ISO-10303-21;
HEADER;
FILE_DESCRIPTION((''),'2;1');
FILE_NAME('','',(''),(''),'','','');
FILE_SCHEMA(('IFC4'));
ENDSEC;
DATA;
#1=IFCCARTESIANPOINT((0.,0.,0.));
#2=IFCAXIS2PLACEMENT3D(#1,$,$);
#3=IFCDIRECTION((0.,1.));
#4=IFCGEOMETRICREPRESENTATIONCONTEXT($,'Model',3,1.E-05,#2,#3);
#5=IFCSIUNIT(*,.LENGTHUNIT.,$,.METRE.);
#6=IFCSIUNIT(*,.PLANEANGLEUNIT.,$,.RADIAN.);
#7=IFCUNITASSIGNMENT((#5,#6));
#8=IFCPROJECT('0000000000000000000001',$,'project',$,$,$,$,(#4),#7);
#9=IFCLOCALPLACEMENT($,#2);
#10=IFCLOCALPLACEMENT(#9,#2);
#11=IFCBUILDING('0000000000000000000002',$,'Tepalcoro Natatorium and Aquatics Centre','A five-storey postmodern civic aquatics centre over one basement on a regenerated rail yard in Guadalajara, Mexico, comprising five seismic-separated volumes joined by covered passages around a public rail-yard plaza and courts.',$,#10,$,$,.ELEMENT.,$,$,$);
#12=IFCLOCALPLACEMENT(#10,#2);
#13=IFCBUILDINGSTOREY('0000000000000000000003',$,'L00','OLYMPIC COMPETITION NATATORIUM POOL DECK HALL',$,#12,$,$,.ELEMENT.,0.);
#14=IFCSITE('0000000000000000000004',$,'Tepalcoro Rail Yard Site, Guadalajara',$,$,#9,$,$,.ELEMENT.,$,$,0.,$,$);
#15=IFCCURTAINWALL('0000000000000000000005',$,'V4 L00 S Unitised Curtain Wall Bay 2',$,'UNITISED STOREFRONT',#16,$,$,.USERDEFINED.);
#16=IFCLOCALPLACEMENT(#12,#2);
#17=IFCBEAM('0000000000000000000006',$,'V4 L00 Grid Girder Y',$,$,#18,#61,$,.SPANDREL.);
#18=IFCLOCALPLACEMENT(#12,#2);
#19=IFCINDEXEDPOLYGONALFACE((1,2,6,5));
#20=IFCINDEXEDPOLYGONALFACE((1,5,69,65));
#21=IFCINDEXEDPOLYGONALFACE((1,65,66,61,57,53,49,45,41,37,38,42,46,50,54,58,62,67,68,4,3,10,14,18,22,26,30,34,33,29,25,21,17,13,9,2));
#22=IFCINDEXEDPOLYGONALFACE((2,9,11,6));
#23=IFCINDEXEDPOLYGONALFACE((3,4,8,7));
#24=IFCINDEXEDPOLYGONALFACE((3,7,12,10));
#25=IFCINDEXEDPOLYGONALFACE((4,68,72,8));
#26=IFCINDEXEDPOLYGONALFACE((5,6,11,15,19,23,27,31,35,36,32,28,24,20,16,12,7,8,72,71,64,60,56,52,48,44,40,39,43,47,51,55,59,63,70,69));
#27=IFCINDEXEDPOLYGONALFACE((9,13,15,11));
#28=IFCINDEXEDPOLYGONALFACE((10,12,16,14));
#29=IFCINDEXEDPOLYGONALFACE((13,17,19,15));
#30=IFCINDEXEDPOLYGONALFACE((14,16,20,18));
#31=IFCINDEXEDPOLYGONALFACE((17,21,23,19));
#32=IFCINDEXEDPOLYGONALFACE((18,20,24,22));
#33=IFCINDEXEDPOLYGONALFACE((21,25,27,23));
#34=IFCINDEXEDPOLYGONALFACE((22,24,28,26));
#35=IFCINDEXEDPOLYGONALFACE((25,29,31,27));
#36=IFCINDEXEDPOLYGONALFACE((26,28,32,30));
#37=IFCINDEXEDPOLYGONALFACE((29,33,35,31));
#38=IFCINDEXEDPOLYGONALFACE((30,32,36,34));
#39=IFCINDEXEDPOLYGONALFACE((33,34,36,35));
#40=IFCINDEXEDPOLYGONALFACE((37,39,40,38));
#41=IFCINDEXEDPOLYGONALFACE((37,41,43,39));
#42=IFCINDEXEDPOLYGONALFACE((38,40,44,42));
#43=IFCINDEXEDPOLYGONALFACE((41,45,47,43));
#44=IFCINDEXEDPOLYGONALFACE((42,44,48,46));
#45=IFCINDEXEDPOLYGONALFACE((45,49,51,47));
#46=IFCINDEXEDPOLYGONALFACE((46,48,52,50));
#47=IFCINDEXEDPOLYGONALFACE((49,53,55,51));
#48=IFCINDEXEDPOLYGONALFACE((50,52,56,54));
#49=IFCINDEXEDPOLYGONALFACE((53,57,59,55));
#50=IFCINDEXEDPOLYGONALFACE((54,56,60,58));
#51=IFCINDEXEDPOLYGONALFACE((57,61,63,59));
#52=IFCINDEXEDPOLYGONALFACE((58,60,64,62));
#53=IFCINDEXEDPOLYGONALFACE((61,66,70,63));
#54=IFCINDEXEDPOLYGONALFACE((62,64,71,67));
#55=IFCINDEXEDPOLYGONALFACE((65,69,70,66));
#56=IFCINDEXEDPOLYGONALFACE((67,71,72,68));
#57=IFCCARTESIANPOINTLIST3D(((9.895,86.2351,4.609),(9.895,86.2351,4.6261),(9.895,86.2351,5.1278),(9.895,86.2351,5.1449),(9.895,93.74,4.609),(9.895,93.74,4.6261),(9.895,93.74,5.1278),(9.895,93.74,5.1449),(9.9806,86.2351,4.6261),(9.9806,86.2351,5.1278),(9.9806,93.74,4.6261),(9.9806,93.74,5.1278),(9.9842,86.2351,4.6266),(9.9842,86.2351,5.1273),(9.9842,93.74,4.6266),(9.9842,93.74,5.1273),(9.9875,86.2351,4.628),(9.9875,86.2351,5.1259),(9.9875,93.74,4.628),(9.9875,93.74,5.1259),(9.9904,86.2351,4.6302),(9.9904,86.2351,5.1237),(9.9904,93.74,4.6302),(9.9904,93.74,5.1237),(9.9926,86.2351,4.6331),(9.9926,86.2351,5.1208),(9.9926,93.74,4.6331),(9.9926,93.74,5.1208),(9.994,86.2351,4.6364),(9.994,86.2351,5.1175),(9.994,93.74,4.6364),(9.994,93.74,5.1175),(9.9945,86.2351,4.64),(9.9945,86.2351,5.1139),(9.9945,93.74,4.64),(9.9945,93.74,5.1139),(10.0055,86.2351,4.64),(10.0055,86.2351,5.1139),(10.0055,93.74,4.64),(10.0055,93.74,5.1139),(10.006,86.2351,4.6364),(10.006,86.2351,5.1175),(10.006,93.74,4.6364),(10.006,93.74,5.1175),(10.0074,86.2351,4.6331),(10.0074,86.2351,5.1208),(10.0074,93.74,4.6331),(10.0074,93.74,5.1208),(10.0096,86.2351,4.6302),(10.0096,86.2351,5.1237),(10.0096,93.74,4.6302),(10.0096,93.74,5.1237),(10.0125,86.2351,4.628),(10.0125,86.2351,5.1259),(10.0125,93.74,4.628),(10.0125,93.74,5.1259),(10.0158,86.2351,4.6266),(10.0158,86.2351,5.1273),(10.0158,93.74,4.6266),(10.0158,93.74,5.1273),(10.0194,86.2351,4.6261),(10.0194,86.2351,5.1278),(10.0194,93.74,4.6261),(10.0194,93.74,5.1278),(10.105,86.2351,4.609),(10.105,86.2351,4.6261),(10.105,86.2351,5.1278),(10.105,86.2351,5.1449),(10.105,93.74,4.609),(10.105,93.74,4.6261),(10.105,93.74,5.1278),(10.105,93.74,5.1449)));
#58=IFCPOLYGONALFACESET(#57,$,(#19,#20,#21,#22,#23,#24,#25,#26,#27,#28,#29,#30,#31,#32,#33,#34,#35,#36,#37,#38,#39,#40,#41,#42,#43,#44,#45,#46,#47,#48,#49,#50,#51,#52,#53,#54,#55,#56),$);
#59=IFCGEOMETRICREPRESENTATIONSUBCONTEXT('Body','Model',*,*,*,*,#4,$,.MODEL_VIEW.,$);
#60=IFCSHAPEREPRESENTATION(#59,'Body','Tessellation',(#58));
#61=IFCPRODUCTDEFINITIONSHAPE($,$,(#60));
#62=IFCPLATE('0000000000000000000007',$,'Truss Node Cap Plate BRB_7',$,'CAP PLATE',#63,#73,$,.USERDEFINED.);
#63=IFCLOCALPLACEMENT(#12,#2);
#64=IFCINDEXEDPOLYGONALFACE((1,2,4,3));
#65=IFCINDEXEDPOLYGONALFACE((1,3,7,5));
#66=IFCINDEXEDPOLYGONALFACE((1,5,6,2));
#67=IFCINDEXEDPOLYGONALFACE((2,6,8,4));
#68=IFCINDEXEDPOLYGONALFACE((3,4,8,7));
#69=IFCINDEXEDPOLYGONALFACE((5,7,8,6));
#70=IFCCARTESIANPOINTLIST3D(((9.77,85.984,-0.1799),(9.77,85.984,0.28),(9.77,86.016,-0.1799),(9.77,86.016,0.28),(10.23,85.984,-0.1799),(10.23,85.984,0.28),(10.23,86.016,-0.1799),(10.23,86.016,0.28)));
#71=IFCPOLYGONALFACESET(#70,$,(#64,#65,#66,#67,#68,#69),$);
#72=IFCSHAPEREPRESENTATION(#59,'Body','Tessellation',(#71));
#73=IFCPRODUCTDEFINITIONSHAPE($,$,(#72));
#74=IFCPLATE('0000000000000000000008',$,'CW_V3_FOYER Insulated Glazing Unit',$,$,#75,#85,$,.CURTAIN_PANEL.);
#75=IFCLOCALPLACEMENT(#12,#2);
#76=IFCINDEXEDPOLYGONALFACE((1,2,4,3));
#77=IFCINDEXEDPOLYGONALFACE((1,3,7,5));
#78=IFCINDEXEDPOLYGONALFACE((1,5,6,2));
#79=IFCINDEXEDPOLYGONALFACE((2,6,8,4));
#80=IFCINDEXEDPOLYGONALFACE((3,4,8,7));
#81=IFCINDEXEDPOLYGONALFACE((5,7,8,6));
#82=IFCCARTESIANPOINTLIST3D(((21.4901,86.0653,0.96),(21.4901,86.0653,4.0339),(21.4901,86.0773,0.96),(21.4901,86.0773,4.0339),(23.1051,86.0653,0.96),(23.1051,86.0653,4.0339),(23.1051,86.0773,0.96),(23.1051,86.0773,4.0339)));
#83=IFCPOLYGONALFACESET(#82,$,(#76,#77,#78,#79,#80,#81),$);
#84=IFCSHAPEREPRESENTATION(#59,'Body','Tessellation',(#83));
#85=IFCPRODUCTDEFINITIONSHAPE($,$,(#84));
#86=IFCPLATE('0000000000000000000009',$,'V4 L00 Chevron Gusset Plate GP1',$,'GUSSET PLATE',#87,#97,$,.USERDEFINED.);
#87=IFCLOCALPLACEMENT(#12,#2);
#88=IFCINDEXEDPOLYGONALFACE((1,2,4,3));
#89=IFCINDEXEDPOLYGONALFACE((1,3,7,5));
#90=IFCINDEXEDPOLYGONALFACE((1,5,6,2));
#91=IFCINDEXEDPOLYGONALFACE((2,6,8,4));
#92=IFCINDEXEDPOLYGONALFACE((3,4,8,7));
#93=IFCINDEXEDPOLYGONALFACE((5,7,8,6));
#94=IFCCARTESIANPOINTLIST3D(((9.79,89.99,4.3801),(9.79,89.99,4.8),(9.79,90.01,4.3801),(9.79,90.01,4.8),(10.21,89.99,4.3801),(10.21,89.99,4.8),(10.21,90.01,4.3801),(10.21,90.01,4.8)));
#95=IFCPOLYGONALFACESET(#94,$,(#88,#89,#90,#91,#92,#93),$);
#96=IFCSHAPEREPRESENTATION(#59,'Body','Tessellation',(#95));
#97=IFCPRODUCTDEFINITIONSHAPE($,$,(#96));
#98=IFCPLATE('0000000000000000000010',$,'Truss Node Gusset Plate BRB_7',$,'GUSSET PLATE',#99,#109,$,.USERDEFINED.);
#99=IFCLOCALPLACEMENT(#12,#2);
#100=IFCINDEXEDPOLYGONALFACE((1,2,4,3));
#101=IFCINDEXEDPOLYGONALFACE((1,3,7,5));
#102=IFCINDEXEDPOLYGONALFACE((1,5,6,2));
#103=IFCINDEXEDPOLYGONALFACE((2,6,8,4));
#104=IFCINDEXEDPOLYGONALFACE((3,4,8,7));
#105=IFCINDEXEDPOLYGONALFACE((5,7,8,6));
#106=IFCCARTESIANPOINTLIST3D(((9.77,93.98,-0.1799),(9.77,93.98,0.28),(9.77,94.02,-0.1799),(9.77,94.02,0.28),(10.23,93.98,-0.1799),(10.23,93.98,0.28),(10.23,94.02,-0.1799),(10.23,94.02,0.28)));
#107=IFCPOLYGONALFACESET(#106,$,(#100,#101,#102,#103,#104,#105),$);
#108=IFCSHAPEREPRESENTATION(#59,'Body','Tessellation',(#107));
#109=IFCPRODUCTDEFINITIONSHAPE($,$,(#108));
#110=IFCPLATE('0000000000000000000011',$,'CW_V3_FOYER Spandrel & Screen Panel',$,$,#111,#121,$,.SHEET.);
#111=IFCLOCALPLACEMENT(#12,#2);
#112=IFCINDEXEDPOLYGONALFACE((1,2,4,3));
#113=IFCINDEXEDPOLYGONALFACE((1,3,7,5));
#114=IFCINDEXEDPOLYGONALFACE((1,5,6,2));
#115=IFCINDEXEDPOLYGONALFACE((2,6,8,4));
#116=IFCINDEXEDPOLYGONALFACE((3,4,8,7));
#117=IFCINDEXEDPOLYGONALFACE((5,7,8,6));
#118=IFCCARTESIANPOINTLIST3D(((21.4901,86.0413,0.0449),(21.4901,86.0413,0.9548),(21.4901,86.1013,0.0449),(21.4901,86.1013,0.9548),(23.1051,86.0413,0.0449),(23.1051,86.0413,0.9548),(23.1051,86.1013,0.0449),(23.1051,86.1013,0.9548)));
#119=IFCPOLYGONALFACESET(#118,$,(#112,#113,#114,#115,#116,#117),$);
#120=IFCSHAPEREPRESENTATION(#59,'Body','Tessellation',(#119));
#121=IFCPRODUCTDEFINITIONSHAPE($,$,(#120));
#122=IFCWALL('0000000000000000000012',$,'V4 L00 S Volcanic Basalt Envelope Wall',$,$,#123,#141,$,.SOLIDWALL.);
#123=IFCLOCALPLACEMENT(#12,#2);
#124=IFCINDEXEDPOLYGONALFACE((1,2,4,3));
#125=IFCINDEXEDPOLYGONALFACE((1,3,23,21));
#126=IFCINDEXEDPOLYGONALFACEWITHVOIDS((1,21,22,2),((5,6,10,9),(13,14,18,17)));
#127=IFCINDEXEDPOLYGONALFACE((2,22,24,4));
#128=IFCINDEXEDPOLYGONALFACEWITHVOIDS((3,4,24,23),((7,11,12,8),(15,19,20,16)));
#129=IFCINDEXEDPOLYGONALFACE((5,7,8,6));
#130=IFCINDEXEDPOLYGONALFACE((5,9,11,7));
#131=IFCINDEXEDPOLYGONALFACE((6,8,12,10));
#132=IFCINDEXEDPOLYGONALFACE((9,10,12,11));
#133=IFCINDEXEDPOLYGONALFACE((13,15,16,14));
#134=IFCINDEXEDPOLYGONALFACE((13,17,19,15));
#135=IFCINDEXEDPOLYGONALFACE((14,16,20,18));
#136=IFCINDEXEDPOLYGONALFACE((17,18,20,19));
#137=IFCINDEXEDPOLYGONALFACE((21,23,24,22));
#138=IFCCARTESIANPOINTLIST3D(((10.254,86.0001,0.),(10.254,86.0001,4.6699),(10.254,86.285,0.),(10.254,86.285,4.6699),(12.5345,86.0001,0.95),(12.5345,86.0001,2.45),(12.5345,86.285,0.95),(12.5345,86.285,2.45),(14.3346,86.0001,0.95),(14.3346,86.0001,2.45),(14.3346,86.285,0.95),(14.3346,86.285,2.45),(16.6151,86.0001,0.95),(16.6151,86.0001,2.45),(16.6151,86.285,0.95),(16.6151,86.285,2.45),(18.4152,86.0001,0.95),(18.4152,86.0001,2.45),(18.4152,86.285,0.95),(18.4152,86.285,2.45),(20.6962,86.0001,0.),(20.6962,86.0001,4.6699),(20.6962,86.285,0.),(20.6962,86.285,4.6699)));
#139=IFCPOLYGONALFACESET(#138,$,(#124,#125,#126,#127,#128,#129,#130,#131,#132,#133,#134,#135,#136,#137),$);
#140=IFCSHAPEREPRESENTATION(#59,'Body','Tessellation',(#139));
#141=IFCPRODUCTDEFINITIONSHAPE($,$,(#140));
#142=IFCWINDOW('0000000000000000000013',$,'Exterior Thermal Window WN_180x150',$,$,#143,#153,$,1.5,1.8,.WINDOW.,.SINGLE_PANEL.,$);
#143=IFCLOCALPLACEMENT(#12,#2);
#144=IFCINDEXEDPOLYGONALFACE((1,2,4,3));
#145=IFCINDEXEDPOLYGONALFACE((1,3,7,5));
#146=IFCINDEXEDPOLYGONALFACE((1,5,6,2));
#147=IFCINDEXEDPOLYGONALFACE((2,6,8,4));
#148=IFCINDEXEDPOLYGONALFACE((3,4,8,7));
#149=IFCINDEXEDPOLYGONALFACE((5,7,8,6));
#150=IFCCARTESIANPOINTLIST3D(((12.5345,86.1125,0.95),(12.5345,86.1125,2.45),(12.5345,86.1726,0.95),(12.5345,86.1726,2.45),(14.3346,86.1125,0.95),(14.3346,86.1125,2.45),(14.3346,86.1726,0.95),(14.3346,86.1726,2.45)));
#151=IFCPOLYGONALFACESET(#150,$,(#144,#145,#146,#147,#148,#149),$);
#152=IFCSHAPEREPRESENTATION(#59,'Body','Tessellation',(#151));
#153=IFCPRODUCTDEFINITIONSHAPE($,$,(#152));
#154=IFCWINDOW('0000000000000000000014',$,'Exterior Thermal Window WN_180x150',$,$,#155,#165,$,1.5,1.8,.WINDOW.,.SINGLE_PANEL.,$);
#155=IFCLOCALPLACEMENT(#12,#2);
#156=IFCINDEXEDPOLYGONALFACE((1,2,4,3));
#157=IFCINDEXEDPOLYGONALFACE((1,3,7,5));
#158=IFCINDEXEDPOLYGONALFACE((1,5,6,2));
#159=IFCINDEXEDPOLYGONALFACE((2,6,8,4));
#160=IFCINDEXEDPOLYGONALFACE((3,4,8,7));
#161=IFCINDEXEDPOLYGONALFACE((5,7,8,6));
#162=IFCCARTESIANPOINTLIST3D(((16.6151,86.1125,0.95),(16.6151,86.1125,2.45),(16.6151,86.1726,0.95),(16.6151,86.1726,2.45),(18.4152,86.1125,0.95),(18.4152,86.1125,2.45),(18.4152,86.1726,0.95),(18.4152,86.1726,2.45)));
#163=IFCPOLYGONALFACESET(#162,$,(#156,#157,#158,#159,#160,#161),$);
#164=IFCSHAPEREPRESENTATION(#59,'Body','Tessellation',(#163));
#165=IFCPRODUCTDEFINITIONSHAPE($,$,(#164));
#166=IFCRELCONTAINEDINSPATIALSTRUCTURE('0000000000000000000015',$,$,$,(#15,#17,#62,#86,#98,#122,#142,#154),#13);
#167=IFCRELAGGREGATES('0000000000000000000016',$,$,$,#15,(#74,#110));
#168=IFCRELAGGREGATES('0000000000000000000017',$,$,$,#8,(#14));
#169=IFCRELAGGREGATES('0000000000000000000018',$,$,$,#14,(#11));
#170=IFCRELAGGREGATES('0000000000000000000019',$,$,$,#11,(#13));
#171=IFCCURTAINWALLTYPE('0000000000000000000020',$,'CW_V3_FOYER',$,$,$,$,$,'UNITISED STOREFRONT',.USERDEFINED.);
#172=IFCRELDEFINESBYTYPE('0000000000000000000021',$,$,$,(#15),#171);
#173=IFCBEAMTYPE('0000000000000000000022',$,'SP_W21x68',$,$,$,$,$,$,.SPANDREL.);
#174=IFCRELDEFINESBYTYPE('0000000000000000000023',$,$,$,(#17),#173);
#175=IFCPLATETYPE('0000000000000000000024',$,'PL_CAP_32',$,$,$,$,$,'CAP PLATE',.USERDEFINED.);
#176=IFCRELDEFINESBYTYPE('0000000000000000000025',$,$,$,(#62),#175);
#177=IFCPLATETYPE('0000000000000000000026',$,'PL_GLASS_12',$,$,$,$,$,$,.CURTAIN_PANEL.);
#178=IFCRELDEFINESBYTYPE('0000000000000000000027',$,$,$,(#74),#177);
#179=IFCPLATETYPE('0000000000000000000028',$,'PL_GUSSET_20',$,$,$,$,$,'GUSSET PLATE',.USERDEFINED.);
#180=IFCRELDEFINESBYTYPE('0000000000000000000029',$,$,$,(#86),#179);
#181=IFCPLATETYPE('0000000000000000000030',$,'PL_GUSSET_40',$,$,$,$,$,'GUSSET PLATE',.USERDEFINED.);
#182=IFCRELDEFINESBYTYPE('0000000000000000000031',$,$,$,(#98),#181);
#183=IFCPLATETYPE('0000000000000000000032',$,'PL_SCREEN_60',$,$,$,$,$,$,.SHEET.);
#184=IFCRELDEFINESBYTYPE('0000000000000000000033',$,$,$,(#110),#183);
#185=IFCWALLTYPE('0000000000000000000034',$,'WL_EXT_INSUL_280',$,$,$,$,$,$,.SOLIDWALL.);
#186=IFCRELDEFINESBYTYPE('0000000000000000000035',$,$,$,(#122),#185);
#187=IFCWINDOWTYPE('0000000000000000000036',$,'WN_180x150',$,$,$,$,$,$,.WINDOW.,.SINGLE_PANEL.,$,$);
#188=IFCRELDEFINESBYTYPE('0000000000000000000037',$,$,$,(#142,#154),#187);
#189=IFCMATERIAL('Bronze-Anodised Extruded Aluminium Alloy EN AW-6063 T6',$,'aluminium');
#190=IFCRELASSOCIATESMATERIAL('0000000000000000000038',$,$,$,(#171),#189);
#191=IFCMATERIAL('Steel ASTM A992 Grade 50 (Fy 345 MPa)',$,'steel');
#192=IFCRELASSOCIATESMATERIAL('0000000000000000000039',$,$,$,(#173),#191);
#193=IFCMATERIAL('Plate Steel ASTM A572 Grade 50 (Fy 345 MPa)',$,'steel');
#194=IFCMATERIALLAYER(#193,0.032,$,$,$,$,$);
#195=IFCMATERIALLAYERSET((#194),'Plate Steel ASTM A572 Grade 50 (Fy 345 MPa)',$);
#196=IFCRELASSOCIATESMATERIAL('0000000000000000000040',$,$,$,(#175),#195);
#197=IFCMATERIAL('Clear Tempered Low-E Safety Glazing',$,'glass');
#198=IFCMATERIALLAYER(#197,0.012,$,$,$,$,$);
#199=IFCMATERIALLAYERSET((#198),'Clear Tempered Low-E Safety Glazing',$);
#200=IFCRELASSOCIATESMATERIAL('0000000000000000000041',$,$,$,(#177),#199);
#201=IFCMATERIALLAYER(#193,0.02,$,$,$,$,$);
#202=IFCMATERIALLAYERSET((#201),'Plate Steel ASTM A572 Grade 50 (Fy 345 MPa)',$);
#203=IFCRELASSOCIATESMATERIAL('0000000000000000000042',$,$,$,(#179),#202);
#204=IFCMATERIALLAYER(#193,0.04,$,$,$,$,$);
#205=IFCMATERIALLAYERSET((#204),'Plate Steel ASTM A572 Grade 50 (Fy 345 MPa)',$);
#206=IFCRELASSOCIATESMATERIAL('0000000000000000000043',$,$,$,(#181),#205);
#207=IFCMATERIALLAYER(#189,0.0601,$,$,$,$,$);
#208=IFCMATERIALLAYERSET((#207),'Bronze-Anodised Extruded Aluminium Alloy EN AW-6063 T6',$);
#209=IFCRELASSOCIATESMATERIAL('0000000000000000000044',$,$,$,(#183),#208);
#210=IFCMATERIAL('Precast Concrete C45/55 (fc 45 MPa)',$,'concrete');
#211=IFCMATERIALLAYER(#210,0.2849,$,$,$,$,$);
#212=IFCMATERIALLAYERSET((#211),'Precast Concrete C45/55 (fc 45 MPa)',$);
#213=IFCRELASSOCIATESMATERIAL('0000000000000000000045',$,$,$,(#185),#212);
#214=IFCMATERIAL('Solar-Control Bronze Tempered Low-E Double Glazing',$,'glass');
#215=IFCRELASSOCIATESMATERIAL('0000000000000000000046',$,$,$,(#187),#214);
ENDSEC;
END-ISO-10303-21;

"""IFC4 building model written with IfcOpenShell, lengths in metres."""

from ifc_helpers import new_model, si_unit, direction, frame, frame_2d, origin, origin_2d, place, context, subcontext, project, spatial, rectangle, i_section, extrude, material, layer, layer_set, material_profile, profile_set, type_object, element, fill, aggregate, save


model = new_model("IFC4")

# Units and contexts
model_context = context("Model", 3, precision=1e-05, world=origin(), true_north=direction((0.0, 1.0)))
body_context = subcontext(model_context, "Body", "Model", "MODEL_VIEW")
ifc_project = project(units=[si_unit("LENGTHUNIT", "METRE"), si_unit("PLANEANGLEUNIT", "RADIAN")], contexts=[model_context])

# Site, building, storey
site_placement = place(None, origin())
site = spatial("IfcSite", under=ifc_project, at=site_placement, Name="Tepalcoro Rail Yard Site, Guadalajara", CompositionType="ELEMENT", RefElevation=0.0)
building_placement = place(site_placement, origin())
building = spatial("IfcBuilding", under=site, at=building_placement, Name="Tepalcoro Natatorium and Aquatics Centre", Description="A five-storey postmodern civic aquatics centre over one basement on a regenerated rail yard in Guadalajara, Mexico, comprising five seismic-separated volumes joined by covered passages around a public rail-yard plaza and courts.", CompositionType="ELEMENT")
storey_placement = place(building_placement, origin())
storey = spatial("IfcBuildingStorey", under=building, at=storey_placement, Name="L00", Description="OLYMPIC COMPETITION NATATORIUM POOL DECK HALL", CompositionType="ELEMENT", Elevation=0.0)

# Shared definitions
ifc_material_1 = material(Name="Steel ASTM A992 Grade 50 (Fy 345 MPa)", Category="steel")

# Curtain wall
ifc_material_2 = material(Name="Bronze-Anodised Extruded Aluminium Alloy EN AW-6063 T6", Category="aluminium")
curtain_wall_type = type_object("IfcCurtainWallType", Name="CW_V3_FOYER", ElementType="UNITISED STOREFRONT", PredefinedType="USERDEFINED", material=ifc_material_2)
curtain_wall_placement = place(storey_placement, origin())
curtain_wall = element("IfcCurtainWall", 1, at=curtain_wall_placement, inside=storey, type_object=curtain_wall_type, Name="V4 L00 S Unitised Curtain Wall Bay 2", ObjectType="UNITISED STOREFRONT", PredefinedType="USERDEFINED")

# Beam
ifc_material_profile_1 = material_profile(ifc_material_1, i_section(OverallWidth=0.21, OverallDepth=0.5359, WebThickness=0.011, FlangeThickness=0.0171, FilletRadius=0.0139, at=origin_2d()), Name="W21X68")
ifc_profile_set_1 = profile_set([ifc_material_profile_1], Name="Steel ASTM A992 Grade 50 (Fy 345 MPa)")
beam_type_1 = type_object("IfcBeamType", Name="SP_W21x68", PredefinedType="SPANDREL", material=ifc_profile_set_1)
beam_1_placement = place(storey_placement, frame((10.0, 86.2351, 4.877), z_axis=(0.0, 1.0, 0.0), x_axis=(-1.0, 0.0, 0.0)))
element("IfcBeam", 2, at=beam_1_placement, inside=storey, type_object=beam_type_1, Name="V4 L00 Grid Girder Y", PredefinedType="SPANDREL", context=body_context, shape_type="SweptSolid", body=[
    extrude(i_section(OverallWidth=0.21, OverallDepth=0.5359, WebThickness=0.011, FlangeThickness=0.0171, FilletRadius=0.0139, at=origin_2d()), origin(), (0.0, 0.0, 1.0), 7.5049),
])

# Plates
ifc_material_3 = material(Name="Plate Steel ASTM A572 Grade 50 (Fy 345 MPa)", Category="steel")
ifc_layer_1 = layer(ifc_material_3, 0.032)
ifc_layer_set_1 = layer_set([ifc_layer_1], Name="Plate Steel ASTM A572 Grade 50 (Fy 345 MPa)")
plate_type_1 = type_object("IfcPlateType", Name="PL_CAP_32", ElementType="CAP PLATE", PredefinedType="USERDEFINED", material=ifc_layer_set_1)
plate_1_placement = place(storey_placement, frame((10.0, 86.0, -0.1799), z_axis=(0.0, 0.0, 1.0), x_axis=(1.0, 0.0, 0.0)))
element("IfcPlate", 3, at=plate_1_placement, inside=storey, type_object=plate_type_1, Name="Truss Node Cap Plate BRB_7", ObjectType="CAP PLATE", PredefinedType="USERDEFINED", context=body_context, shape_type="SweptSolid", body=[
    extrude(rectangle(XDim=0.46, YDim=0.032, at=origin_2d()), origin(), (0.0, 0.0, 1.0), 0.46),
])
ifc_material_4 = material(Name="Clear Tempered Low-E Safety Glazing", Category="glass")
ifc_layer_2 = layer(ifc_material_4, 0.012)
ifc_layer_set_2 = layer_set([ifc_layer_2], Name="Clear Tempered Low-E Safety Glazing")
plate_type_2 = type_object("IfcPlateType", Name="PL_GLASS_12", PredefinedType="CURTAIN_PANEL", material=ifc_layer_set_2)
plate_2_placement = place(storey_placement, frame((22.2976, 86.0713, 0.96), z_axis=(0.0, 0.0, 1.0), x_axis=(1.0, 0.0, 0.0)))
plate_2 = element("IfcPlate", 4, at=plate_2_placement, type_object=plate_type_2, Name="CW_V3_FOYER Insulated Glazing Unit", PredefinedType="CURTAIN_PANEL", context=body_context, shape_type="SweptSolid", body=[
    extrude(rectangle(XDim=1.615, YDim=0.012, at=origin_2d()), origin(), (0.0, 0.0, 1.0), 3.074),
])

# Plates
ifc_layer_3 = layer(ifc_material_3, 0.02)
ifc_layer_set_3 = layer_set([ifc_layer_3], Name="Plate Steel ASTM A572 Grade 50 (Fy 345 MPa)")
plate_type_3 = type_object("IfcPlateType", Name="PL_GUSSET_20", ElementType="GUSSET PLATE", PredefinedType="USERDEFINED", material=ifc_layer_set_3)
plate_3_placement = place(storey_placement, frame((10.0, 90.0, 4.3801), z_axis=(0.0, 0.0, 1.0), x_axis=(1.0, 0.0, 0.0)))
element("IfcPlate", 5, at=plate_3_placement, inside=storey, type_object=plate_type_3, Name="V4 L00 Chevron Gusset Plate GP1", ObjectType="GUSSET PLATE", PredefinedType="USERDEFINED", context=body_context, shape_type="SweptSolid", body=[
    extrude(rectangle(XDim=0.4199, YDim=0.02, at=origin_2d()), origin(), (0.0, 0.0, 1.0), 0.4199),
])
ifc_layer_4 = layer(ifc_material_3, 0.04)
ifc_layer_set_4 = layer_set([ifc_layer_4], Name="Plate Steel ASTM A572 Grade 50 (Fy 345 MPa)")
plate_type_4 = type_object("IfcPlateType", Name="PL_GUSSET_40", ElementType="GUSSET PLATE", PredefinedType="USERDEFINED", material=ifc_layer_set_4)
plate_4_placement = place(storey_placement, frame((10.0, 94.0, -0.1799), z_axis=(0.0, 0.0, 1.0), x_axis=(1.0, 0.0, 0.0)))
element("IfcPlate", 6, at=plate_4_placement, inside=storey, type_object=plate_type_4, Name="Truss Node Gusset Plate BRB_7", ObjectType="GUSSET PLATE", PredefinedType="USERDEFINED", context=body_context, shape_type="SweptSolid", body=[
    extrude(rectangle(XDim=0.46, YDim=0.04, at=origin_2d()), origin(), (0.0, 0.0, 1.0), 0.46),
])

# Plate
ifc_layer_5 = layer(ifc_material_2, 0.0601)
ifc_layer_set_5 = layer_set([ifc_layer_5], Name="Bronze-Anodised Extruded Aluminium Alloy EN AW-6063 T6")
plate_type_5 = type_object("IfcPlateType", Name="PL_SCREEN_60", PredefinedType="SHEET", material=ifc_layer_set_5)
plate_5_placement = place(storey_placement, frame((22.2976, 86.0713, 0.0449), z_axis=(0.0, 0.0, 1.0), x_axis=(1.0, 0.0, 0.0)))
plate_5 = element("IfcPlate", 7, at=plate_5_placement, type_object=plate_type_5, Name="CW_V3_FOYER Spandrel & Screen Panel", PredefinedType="SHEET", context=body_context, shape_type="SweptSolid", body=[
    extrude(rectangle(XDim=1.615, YDim=0.0601, at=origin_2d()), origin(), (0.0, 0.0, 1.0), 0.9099),
])
aggregate(curtain_wall, [plate_2, plate_5])

# Wall, openings, windows
ifc_material_5 = material(Name="Precast Concrete C45/55 (fc 45 MPa)", Category="concrete")
ifc_layer_6 = layer(ifc_material_5, 0.2849)
ifc_layer_set_6 = layer_set([ifc_layer_6], Name="Precast Concrete C45/55 (fc 45 MPa)")
wall_type_1 = type_object("IfcWallType", Name="WL_EXT_INSUL_280", PredefinedType="SOLIDWALL", material=ifc_layer_set_6)
wall_1_placement = place(storey_placement, frame((10.2539, 86.1426, 0.0), z_axis=(0.0, 0.0, 1.0), x_axis=(1.0, 0.0, 0.0)))
wall_1 = element("IfcWall", 8, at=wall_1_placement, inside=storey, type_object=wall_type_1, Name="V4 L00 S Volcanic Basalt Envelope Wall", PredefinedType="SOLIDWALL", context=body_context, shape_type="SweptSolid", body=[
    extrude(rectangle(XDim=10.4421, YDim=0.2849, at=frame_2d((5.2212, 0.0))), origin(), (0.0, 0.0, 1.0), 4.6699),
])
opening_1_placement = place(wall_1_placement, frame((2.2808, 0.0, 0.95)))
opening_1 = element("IfcOpeningElement", 9, at=opening_1_placement, cuts=wall_1, PredefinedType="OPENING", context=body_context, shape_type="SweptSolid", body=[
    extrude(rectangle(XDim=1.8, YDim=1.5, at=frame_2d((0.8999, 0.75))), frame((0.0, 0.1543, 0.0), z_axis=(0.0, -1.0, 0.0), x_axis=(1.0, 0.0, 0.0)), (0.0, 0.0, 1.0), 0.3088),
])
opening_2_placement = place(wall_1_placement, frame((6.3613, 0.0, 0.95)))
opening_2 = element("IfcOpeningElement", 10, at=opening_2_placement, cuts=wall_1, PredefinedType="OPENING", context=body_context, shape_type="SweptSolid", body=[
    extrude(rectangle(XDim=1.8, YDim=1.5, at=frame_2d((0.8999, 0.75))), frame((0.0, 0.1543, 0.0), z_axis=(0.0, -1.0, 0.0), x_axis=(1.0, 0.0, 0.0)), (0.0, 0.0, 1.0), 0.3088),
])
ifc_material_6 = material(Name="Solar-Control Bronze Tempered Low-E Double Glazing", Category="glass")
window_type = type_object("IfcWindowType", Name="WN_180x150", PartitioningType="SINGLE_PANEL", PredefinedType="WINDOW", material=ifc_material_6)
window_1_placement = place(opening_1_placement, origin())
window_1 = element("IfcWindow", 11, at=window_1_placement, inside=storey, type_object=window_type, Name="Exterior Thermal Window WN_180x150", OverallHeight=1.5, OverallWidth=1.8, PartitioningType="SINGLE_PANEL", PredefinedType="WINDOW", context=body_context, shape_type="SweptSolid", body=[
    extrude(rectangle(XDim=1.8, YDim=1.5, at=frame_2d((0.8999, 0.75))), frame((0.0, 0.03, 0.0), z_axis=(0.0, -1.0, 0.0), x_axis=(1.0, 0.0, 0.0)), (0.0, 0.0, 1.0), 0.0601),
])
fill(opening_1, window_1)
window_2_placement = place(opening_2_placement, origin())
window_2 = element("IfcWindow", 12, at=window_2_placement, inside=storey, type_object=window_type, Name="Exterior Thermal Window WN_180x150", OverallHeight=1.5, OverallWidth=1.8, PartitioningType="SINGLE_PANEL", PredefinedType="WINDOW", context=body_context, shape_type="SweptSolid", body=[
    extrude(rectangle(XDim=1.8, YDim=1.5, at=frame_2d((0.8999, 0.75))), frame((0.0, 0.03, 0.0), z_axis=(0.0, -1.0, 0.0), x_axis=(1.0, 0.0, 0.0)), (0.0, 0.0, 1.0), 0.0601),
])
fill(opening_2, window_2)

save(model, "model.ifc")
